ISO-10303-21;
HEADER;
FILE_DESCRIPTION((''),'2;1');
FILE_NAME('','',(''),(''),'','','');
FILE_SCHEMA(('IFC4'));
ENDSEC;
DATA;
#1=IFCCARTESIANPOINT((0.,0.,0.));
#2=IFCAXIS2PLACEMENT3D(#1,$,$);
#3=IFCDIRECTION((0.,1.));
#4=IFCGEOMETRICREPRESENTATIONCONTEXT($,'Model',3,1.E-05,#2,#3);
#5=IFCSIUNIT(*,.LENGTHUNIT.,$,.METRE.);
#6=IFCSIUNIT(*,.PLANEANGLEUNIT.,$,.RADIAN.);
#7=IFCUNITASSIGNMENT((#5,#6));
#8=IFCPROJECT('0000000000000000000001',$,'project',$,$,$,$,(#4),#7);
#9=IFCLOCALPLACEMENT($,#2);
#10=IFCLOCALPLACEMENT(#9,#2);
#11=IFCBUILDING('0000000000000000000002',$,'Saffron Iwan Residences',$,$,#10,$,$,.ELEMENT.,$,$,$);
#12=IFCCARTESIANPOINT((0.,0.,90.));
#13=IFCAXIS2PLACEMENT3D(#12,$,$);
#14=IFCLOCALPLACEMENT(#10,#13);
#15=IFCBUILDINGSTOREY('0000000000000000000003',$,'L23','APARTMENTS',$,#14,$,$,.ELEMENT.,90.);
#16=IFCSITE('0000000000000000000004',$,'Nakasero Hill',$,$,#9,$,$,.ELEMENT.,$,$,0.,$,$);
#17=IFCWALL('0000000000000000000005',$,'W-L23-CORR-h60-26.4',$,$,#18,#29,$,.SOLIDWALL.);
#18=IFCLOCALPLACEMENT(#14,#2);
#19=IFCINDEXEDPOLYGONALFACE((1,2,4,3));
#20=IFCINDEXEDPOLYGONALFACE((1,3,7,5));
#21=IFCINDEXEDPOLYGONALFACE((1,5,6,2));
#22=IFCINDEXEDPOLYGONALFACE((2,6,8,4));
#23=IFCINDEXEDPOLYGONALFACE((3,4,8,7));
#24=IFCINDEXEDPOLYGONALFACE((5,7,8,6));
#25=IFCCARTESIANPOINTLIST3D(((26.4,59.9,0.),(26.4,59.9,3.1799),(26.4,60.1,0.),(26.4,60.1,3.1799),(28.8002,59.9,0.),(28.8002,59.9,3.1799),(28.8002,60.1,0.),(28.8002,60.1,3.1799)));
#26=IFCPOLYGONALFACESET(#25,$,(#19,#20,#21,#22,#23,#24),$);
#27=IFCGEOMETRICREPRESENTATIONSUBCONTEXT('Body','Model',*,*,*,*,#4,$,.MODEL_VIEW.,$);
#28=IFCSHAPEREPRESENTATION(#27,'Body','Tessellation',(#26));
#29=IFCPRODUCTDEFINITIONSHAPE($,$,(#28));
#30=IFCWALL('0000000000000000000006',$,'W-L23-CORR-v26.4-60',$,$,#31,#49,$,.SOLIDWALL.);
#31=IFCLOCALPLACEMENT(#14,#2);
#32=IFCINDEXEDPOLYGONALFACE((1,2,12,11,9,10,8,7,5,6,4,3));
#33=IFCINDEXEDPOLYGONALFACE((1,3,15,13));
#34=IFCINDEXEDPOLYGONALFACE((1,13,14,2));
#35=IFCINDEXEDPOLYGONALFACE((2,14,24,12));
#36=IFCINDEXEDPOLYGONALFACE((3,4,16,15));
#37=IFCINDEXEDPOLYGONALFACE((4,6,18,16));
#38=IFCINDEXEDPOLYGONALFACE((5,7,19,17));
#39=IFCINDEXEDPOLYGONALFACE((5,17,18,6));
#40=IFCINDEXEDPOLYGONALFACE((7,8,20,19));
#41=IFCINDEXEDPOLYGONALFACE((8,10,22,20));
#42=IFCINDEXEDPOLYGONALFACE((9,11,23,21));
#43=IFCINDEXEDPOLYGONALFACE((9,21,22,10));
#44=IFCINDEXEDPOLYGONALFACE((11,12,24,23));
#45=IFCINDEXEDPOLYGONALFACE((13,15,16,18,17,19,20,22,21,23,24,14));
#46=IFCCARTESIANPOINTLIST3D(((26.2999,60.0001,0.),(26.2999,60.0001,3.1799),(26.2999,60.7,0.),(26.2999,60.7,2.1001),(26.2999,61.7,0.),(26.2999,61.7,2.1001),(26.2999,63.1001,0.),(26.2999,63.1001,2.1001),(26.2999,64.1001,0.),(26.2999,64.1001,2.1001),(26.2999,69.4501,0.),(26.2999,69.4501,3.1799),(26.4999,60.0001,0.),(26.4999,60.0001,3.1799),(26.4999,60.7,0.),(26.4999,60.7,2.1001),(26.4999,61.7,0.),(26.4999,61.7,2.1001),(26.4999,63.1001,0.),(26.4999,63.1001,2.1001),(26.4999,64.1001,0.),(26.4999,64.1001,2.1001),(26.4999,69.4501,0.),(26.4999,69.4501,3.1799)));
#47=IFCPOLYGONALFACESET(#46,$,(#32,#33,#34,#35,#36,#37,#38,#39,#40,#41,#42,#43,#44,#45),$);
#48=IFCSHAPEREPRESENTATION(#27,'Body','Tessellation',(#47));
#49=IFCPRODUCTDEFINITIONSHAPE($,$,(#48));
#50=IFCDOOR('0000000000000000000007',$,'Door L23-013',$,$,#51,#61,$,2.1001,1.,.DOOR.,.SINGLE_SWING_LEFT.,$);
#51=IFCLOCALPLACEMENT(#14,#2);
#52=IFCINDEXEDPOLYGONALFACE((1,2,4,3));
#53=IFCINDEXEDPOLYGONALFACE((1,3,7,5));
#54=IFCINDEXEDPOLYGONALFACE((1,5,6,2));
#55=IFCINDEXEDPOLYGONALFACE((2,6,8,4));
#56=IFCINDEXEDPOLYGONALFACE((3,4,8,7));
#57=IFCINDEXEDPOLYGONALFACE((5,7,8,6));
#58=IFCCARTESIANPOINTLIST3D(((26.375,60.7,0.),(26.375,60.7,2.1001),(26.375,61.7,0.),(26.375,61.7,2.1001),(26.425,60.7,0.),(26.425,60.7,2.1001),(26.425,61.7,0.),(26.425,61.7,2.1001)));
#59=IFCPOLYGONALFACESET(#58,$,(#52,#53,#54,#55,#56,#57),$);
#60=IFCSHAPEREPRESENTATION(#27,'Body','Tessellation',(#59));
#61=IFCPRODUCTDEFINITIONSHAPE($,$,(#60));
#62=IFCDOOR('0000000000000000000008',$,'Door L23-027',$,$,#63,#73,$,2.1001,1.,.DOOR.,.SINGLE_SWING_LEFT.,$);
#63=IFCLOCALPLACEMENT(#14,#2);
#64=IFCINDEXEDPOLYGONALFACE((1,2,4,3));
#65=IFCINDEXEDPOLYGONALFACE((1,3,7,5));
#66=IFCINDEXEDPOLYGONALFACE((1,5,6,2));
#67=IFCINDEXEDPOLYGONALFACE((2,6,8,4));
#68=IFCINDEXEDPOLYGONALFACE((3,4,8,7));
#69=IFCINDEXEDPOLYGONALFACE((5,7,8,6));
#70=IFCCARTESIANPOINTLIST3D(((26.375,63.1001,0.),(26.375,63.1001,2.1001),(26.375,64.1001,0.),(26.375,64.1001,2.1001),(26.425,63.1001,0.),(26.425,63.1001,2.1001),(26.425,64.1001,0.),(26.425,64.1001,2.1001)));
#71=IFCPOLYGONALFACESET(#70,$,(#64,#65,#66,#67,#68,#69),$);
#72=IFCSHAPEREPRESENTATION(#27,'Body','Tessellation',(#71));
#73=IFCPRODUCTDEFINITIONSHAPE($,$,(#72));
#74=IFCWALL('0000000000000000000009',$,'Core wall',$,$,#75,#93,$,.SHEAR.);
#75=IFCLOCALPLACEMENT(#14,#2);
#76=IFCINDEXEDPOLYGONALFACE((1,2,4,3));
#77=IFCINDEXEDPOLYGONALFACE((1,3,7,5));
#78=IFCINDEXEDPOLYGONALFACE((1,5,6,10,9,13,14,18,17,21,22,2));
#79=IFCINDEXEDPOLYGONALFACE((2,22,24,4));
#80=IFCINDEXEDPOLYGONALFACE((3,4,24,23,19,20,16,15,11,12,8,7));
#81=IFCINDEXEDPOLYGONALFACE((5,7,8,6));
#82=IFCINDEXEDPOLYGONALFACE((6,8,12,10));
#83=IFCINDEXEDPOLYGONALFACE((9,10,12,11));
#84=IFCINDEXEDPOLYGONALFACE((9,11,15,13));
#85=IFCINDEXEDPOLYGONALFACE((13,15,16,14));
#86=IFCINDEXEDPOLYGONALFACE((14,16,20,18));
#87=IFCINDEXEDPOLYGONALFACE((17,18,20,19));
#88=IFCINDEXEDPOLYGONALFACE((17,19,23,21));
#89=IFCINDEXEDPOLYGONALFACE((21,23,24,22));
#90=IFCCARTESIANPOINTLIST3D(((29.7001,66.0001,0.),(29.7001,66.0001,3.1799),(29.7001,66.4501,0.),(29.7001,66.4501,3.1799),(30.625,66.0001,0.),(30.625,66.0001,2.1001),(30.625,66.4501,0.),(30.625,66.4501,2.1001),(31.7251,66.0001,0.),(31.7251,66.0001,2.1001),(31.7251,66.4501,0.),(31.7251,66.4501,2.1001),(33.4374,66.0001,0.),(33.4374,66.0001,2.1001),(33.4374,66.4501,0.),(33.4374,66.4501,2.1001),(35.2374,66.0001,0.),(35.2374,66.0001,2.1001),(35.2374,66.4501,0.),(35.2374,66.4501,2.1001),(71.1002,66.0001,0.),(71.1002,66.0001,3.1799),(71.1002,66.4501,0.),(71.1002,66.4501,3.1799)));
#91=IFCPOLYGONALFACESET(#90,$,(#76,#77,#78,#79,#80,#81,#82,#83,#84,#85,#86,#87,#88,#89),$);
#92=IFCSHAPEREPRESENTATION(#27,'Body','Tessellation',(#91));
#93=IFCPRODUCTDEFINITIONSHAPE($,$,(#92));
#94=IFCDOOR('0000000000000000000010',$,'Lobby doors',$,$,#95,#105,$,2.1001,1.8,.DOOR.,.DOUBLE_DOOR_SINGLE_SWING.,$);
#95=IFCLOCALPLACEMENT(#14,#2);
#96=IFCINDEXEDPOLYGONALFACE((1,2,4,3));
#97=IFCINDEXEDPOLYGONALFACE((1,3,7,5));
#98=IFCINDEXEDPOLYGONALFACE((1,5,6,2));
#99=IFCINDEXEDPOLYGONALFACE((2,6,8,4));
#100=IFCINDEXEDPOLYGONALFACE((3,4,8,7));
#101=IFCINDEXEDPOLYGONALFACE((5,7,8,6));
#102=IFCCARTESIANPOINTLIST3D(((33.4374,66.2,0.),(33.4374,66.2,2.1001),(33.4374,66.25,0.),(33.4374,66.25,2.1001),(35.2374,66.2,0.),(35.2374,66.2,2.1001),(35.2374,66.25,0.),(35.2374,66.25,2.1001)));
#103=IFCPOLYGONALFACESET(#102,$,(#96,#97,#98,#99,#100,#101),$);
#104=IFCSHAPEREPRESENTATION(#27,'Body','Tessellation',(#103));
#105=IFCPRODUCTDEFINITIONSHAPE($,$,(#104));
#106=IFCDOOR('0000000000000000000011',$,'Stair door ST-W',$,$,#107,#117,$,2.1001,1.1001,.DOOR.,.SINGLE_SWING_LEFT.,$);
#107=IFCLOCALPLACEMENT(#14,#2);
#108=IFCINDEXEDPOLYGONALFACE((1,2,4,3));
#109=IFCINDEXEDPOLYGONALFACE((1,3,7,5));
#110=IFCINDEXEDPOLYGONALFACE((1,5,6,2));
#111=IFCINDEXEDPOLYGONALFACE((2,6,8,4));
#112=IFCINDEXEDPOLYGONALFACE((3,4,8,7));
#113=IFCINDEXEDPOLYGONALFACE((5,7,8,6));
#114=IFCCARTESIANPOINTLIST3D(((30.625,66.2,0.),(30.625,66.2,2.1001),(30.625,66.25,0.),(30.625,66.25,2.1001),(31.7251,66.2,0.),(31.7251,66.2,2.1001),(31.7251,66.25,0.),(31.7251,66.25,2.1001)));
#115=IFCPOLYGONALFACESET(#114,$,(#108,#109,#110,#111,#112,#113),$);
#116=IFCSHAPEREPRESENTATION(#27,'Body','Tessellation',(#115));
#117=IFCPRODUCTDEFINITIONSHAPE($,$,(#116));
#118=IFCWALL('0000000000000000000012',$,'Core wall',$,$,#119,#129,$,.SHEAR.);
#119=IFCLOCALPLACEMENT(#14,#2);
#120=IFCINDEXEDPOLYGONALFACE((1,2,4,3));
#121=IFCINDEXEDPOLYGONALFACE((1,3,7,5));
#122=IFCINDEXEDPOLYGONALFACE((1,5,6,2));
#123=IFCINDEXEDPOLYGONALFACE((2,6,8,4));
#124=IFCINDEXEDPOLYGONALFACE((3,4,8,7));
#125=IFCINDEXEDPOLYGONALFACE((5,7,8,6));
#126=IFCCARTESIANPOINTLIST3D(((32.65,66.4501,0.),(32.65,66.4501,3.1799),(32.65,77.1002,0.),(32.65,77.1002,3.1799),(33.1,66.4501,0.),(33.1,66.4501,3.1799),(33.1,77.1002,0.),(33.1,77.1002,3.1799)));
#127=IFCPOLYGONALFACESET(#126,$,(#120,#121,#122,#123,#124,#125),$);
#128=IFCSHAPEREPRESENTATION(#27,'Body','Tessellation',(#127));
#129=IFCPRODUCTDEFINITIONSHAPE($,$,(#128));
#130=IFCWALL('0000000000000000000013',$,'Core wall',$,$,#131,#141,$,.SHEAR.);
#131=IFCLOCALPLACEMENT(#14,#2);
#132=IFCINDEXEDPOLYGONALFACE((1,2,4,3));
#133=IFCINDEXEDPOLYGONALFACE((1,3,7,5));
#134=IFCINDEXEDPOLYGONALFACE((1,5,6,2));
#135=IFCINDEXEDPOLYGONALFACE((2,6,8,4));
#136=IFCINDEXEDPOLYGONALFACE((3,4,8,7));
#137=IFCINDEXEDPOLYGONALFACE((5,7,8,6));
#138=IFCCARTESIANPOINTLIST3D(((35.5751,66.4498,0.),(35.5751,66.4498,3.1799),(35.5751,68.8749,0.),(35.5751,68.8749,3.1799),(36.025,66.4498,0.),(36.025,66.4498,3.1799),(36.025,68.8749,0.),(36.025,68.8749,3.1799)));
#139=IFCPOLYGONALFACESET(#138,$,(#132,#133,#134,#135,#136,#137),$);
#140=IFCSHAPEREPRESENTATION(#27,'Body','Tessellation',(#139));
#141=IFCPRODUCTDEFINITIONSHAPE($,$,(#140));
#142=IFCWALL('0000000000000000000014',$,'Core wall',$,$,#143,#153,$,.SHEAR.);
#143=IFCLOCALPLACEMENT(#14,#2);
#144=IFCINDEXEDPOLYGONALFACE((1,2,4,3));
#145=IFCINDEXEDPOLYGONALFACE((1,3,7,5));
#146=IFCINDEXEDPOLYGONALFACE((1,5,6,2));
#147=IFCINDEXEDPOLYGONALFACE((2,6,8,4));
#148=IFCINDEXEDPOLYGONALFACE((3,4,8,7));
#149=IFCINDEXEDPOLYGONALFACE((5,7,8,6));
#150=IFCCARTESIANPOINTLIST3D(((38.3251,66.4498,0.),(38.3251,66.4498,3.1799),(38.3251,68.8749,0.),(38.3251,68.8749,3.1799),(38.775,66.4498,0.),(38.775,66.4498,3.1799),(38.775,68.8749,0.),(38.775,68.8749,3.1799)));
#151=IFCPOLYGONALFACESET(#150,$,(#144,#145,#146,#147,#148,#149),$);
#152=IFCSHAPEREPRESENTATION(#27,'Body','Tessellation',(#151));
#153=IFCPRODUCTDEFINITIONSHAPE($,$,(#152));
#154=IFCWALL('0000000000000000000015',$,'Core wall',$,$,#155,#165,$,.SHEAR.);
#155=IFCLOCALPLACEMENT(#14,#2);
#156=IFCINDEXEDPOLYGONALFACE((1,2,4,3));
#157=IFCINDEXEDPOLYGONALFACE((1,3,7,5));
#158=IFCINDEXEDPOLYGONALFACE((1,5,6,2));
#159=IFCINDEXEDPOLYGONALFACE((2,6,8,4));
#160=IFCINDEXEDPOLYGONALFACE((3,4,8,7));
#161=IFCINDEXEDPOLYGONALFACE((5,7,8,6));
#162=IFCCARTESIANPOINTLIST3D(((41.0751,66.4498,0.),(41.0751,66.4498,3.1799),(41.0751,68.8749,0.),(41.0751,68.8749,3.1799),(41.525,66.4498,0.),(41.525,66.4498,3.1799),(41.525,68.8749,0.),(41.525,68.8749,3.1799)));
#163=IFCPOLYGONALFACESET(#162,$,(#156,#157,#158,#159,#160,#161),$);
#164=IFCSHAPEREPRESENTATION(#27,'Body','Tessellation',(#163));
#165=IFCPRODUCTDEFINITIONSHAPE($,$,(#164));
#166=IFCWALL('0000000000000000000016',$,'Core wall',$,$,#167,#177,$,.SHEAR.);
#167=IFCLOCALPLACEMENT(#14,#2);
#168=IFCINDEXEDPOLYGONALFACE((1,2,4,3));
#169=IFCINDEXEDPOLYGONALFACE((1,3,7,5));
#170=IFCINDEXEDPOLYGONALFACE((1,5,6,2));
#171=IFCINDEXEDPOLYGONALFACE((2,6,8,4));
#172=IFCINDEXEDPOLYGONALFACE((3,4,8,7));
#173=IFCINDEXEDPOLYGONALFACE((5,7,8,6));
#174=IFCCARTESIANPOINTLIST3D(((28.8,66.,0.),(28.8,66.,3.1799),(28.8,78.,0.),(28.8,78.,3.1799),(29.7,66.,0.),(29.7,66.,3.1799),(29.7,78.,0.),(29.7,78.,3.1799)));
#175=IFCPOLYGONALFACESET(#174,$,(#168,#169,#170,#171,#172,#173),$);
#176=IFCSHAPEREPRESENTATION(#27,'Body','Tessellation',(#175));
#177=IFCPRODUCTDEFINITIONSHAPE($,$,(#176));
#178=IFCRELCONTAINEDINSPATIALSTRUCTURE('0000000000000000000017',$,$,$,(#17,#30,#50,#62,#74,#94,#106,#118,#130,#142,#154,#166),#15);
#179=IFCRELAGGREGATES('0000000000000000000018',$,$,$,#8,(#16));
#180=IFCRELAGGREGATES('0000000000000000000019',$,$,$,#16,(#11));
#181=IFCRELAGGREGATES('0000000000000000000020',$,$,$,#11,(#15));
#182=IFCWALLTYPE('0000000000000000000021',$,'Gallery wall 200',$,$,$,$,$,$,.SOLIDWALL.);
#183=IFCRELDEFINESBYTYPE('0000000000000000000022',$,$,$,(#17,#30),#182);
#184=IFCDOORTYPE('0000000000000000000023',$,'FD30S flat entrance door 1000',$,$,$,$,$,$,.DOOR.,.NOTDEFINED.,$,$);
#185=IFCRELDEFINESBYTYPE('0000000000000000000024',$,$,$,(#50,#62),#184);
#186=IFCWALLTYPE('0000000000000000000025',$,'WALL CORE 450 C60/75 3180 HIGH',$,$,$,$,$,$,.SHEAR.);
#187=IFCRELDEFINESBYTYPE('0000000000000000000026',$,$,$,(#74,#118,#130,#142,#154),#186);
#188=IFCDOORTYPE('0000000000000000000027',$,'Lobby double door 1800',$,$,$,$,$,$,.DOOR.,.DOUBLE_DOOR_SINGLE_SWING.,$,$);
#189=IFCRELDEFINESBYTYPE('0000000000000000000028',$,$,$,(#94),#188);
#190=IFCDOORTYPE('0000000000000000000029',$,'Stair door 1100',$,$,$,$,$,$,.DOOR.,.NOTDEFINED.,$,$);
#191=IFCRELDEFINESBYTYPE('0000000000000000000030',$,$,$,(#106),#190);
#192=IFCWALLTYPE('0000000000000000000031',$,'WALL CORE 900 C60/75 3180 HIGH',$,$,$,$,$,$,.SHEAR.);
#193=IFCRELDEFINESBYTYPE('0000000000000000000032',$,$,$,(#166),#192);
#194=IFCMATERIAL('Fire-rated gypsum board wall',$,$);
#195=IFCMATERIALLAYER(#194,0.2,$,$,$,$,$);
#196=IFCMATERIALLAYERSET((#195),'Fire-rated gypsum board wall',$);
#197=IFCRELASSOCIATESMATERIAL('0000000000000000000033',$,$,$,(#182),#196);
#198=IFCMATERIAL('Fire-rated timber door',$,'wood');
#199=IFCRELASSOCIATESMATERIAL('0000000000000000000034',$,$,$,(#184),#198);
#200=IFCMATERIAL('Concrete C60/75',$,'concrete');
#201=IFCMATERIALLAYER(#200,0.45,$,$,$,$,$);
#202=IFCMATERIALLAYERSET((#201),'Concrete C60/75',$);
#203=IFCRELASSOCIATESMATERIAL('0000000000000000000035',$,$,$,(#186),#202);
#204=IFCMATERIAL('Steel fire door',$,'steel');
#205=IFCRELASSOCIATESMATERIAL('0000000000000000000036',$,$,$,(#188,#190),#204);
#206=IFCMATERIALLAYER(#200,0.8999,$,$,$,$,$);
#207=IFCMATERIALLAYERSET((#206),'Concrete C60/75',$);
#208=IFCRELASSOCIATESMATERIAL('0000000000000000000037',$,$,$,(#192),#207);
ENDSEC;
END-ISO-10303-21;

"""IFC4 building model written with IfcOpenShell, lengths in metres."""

from ifc_helpers import new_model, si_unit, direction, frame, frame_2d, origin, place, context, subcontext, project, spatial, rectangle, extrude, material, layer, layer_set, type_object, element, fill, save


model = new_model("IFC4")

# Units and contexts
model_context = context("Model", 3, precision=1e-05, world=origin(), true_north=direction((0.0, 1.0)))
body_context = subcontext(model_context, "Body", "Model", "MODEL_VIEW")
ifc_project = project(units=[si_unit("LENGTHUNIT", "METRE"), si_unit("PLANEANGLEUNIT", "RADIAN")], contexts=[model_context])

# Site, building, storey
site_placement = place(None, origin())
site = spatial("IfcSite", under=ifc_project, at=site_placement, Name="Nakasero Hill", CompositionType="ELEMENT", RefElevation=0.0)
building_placement = place(site_placement, origin())
building = spatial("IfcBuilding", under=site, at=building_placement, Name="Saffron Iwan Residences", CompositionType="ELEMENT")
storey_placement = place(building_placement, frame((0.0, 0.0, 90.0)))
storey = spatial("IfcBuildingStorey", under=building, at=storey_placement, Name="L23", Description="APARTMENTS", CompositionType="ELEMENT", Elevation=90.0)

# Shared definitions
ifc_material_1 = material(Name="Concrete C60/75", Category="concrete")

# Wall
ifc_material_2 = material(Name="Fire-rated gypsum board wall")
ifc_layer_1 = layer(ifc_material_2, 0.2)
ifc_layer_set_1 = layer_set([ifc_layer_1], Name="Fire-rated gypsum board wall")
wall_type_1 = type_object("IfcWallType", Name="Gallery wall 200", PredefinedType="SOLIDWALL", material=ifc_layer_set_1)
wall_1_placement = place(storey_placement, frame((26.3999, 60.0, 0.0), z_axis=(0.0, 0.0, 1.0), x_axis=(1.0, 0.0, 0.0)))
element("IfcWall", 1, at=wall_1_placement, inside=storey, type_object=wall_type_1, Name="W-L23-CORR-h60-26.4", PredefinedType="SOLIDWALL", context=body_context, shape_type="SweptSolid", body=[
    extrude(rectangle(XDim=2.4001, YDim=0.2, at=frame_2d((1.2002, 0.0))), origin(), (0.0, 0.0, 1.0), 3.1799),
])

# Walls, openings, doors
wall_2_placement = place(storey_placement, frame((26.3999, 60.0, 0.0), z_axis=(0.0, 0.0, 1.0), x_axis=(0.0, 1.0, 0.0)))
wall_2 = element("IfcWall", 2, at=wall_2_placement, inside=storey, type_object=wall_type_1, Name="W-L23-CORR-v26.4-60", PredefinedType="SOLIDWALL", context=body_context, shape_type="SweptSolid", body=[
    extrude(rectangle(XDim=9.45, YDim=0.2, at=frame_2d((4.7251, 0.0))), origin(), (0.0, 0.0, 1.0), 3.1799),
])
opening_1_placement = place(wall_2_placement, frame((0.7, 0.0, 0.0)))
opening_1 = element("IfcOpeningElement", 3, at=opening_1_placement, cuts=wall_2, PredefinedType="OPENING", context=body_context, shape_type="SweptSolid", body=[
    extrude(rectangle(XDim=1.0, YDim=2.1001, at=frame_2d((0.5, 1.05))), frame((0.0, 0.1099, 0.0), z_axis=(0.0, -1.0, 0.0), x_axis=(1.0, 0.0, 0.0)), (0.0, 0.0, 1.0), 0.22),
])
opening_2_placement = place(wall_2_placement, frame((3.1001, 0.0, 0.0)))
opening_2 = element("IfcOpeningElement", 4, at=opening_2_placement, cuts=wall_2, PredefinedType="OPENING", context=body_context, shape_type="SweptSolid", body=[
    extrude(rectangle(XDim=1.0, YDim=2.1001, at=frame_2d((0.5, 1.05))), frame((0.0, 0.1099, 0.0), z_axis=(0.0, -1.0, 0.0), x_axis=(1.0, 0.0, 0.0)), (0.0, 0.0, 1.0), 0.22),
])
ifc_material_3 = material(Name="Fire-rated timber door", Category="wood")
door_type_1 = type_object("IfcDoorType", Name="FD30S flat entrance door 1000", OperationType="NOTDEFINED", PredefinedType="DOOR", material=ifc_material_3)
door_1_placement = place(opening_1_placement, origin())
door_1 = element("IfcDoor", 5, at=door_1_placement, inside=storey, type_object=door_type_1, Name="Door L23-013", OperationType="SINGLE_SWING_LEFT", OverallHeight=2.1001, OverallWidth=1.0, PredefinedType="DOOR", context=body_context, shape_type="SweptSolid", body=[
    extrude(rectangle(XDim=1.0, YDim=2.1001, at=frame_2d((0.5, 1.05))), frame((0.0, 0.0249, 0.0), z_axis=(0.0, -1.0, 0.0), x_axis=(1.0, 0.0, 0.0)), (0.0, 0.0, 1.0), 0.05),
])
fill(opening_1, door_1)
door_2_placement = place(opening_2_placement, origin())
door_2 = element("IfcDoor", 6, at=door_2_placement, inside=storey, type_object=door_type_1, Name="Door L23-027", OperationType="SINGLE_SWING_LEFT", OverallHeight=2.1001, OverallWidth=1.0, PredefinedType="DOOR", context=body_context, shape_type="SweptSolid", body=[
    extrude(rectangle(XDim=1.0, YDim=2.1001, at=frame_2d((0.5, 1.05))), frame((0.0, 0.0249, 0.0), z_axis=(0.0, -1.0, 0.0), x_axis=(1.0, 0.0, 0.0)), (0.0, 0.0, 1.0), 0.05),
])
fill(opening_2, door_2)
ifc_layer_2 = layer(ifc_material_1, 0.45)
ifc_layer_set_2 = layer_set([ifc_layer_2], Name="Concrete C60/75")
wall_type_2 = type_object("IfcWallType", Name="WALL CORE 450 C60/75 3180 HIGH", PredefinedType="SHEAR", material=ifc_layer_set_2)
wall_3_placement = place(storey_placement, frame((29.7, 66.2251, 0.0), z_axis=(0.0, 0.0, 1.0), x_axis=(1.0, 0.0, 0.0)))
wall_3 = element("IfcWall", 7, at=wall_3_placement, inside=storey, type_object=wall_type_2, Name="Core wall", PredefinedType="SHEAR", context=body_context, shape_type="SweptSolid", body=[
    extrude(rectangle(XDim=41.4001, YDim=0.45, at=frame_2d((20.7002, 0.0))), origin(), (0.0, 0.0, 1.0), 3.1799),
])
opening_3_placement = place(wall_3_placement, frame((0.925, 0.0, 0.0)))
opening_3 = element("IfcOpeningElement", 8, at=opening_3_placement, cuts=wall_3, PredefinedType="OPENING", context=body_context, shape_type="SweptSolid", body=[
    extrude(rectangle(XDim=1.1001, YDim=2.1001, at=frame_2d((0.55, 1.05))), frame((0.0, 0.2349, 0.0), z_axis=(0.0, -1.0, 0.0), x_axis=(1.0, 0.0, 0.0)), (0.0, 0.0, 1.0), 0.47),
])
opening_4_placement = place(wall_3_placement, frame((3.7375, 0.0, 0.0)))
opening_4 = element("IfcOpeningElement", 9, at=opening_4_placement, cuts=wall_3, PredefinedType="OPENING", context=body_context, shape_type="SweptSolid", body=[
    extrude(rectangle(XDim=1.8, YDim=2.1001, at=frame_2d((0.8999, 1.05))), frame((0.0, 0.2349, 0.0), z_axis=(0.0, -1.0, 0.0), x_axis=(1.0, 0.0, 0.0)), (0.0, 0.0, 1.0), 0.47),
])
ifc_material_4 = material(Name="Steel fire door", Category="steel")
door_type_2 = type_object("IfcDoorType", Name="Lobby double door 1800", OperationType="DOUBLE_DOOR_SINGLE_SWING", PredefinedType="DOOR", material=ifc_material_4)
door_3_placement = place(opening_4_placement, origin())
door_3 = element("IfcDoor", 10, at=door_3_placement, inside=storey, type_object=door_type_2, Name="Lobby doors", OperationType="DOUBLE_DOOR_SINGLE_SWING", OverallHeight=2.1001, OverallWidth=1.8, PredefinedType="DOOR", context=body_context, shape_type="SweptSolid", body=[
    extrude(rectangle(XDim=1.8, YDim=2.1001, at=frame_2d((0.8999, 1.05))), frame((0.0, 0.0249, 0.0), z_axis=(0.0, -1.0, 0.0), x_axis=(1.0, 0.0, 0.0)), (0.0, 0.0, 1.0), 0.05),
])
fill(opening_4, door_3)
door_type_3 = type_object("IfcDoorType", Name="Stair door 1100", OperationType="NOTDEFINED", PredefinedType="DOOR", material=ifc_material_4)
door_4_placement = place(opening_3_placement, origin())
door_4 = element("IfcDoor", 11, at=door_4_placement, inside=storey, type_object=door_type_3, Name="Stair door ST-W", OperationType="SINGLE_SWING_LEFT", OverallHeight=2.1001, OverallWidth=1.1001, PredefinedType="DOOR", context=body_context, shape_type="SweptSolid", body=[
    extrude(rectangle(XDim=1.1001, YDim=2.1001, at=frame_2d((0.55, 1.05))), frame((0.0, 0.0249, 0.0), z_axis=(0.0, -1.0, 0.0), x_axis=(1.0, 0.0, 0.0)), (0.0, 0.0, 1.0), 0.05),
])
fill(opening_3, door_4)

# Walls
wall_4_placement = place(storey_placement, frame((32.875, 66.45, 0.0), z_axis=(0.0, 0.0, 1.0), x_axis=(0.0, 1.0, 0.0)))
element("IfcWall", 12, at=wall_4_placement, inside=storey, type_object=wall_type_2, Name="Core wall", PredefinedType="SHEAR", context=body_context, shape_type="SweptSolid", body=[
    extrude(rectangle(XDim=10.6501, YDim=0.45, at=frame_2d((5.3252, 0.0))), origin(), (0.0, 0.0, 1.0), 3.1799),
])
for number, where, z_axis, x_axis, name in (
    (13, (35.8, 66.45, 0.0), (0.0, 0.0, 1.0), (0.0, 1.0, 0.0), "Core wall"),
    (14, (38.55, 66.45, 0.0), (0.0, 0.0, 1.0), (0.0, 1.0, 0.0), "Core wall"),
    (15, (41.3, 66.45, 0.0), (0.0, 0.0, 1.0), (0.0, 1.0, 0.0), "Core wall"),
):
    element("IfcWall", number, at=place(storey_placement, frame(where, z_axis=z_axis, x_axis=x_axis)), inside=storey, type_object=wall_type_2, Name=name, PredefinedType="SHEAR", context=body_context, shape_type="SweptSolid", body=[
        extrude(rectangle(XDim=2.425, YDim=0.45, at=frame_2d((1.2124, 0.0))), origin(), (0.0, 0.0, 1.0), 3.1799),
    ])
ifc_layer_3 = layer(ifc_material_1, 0.8999)
ifc_layer_set_3 = layer_set([ifc_layer_3], Name="Concrete C60/75")
wall_type_3 = type_object("IfcWallType", Name="WALL CORE 900 C60/75 3180 HIGH", PredefinedType="SHEAR", material=ifc_layer_set_3)
wall_5_placement = place(storey_placement, frame((29.25, 66.0, 0.0), z_axis=(0.0, 0.0, 1.0), x_axis=(0.0, 1.0, 0.0)))
element("IfcWall", 16, at=wall_5_placement, inside=storey, type_object=wall_type_3, Name="Core wall", PredefinedType="SHEAR", context=body_context, shape_type="SweptSolid", body=[
    extrude(rectangle(XDim=12.0, YDim=0.8999, at=frame_2d((6.0, 0.0))), origin(), (0.0, 0.0, 1.0), 3.1799),
])

save(model, "model.ifc")
